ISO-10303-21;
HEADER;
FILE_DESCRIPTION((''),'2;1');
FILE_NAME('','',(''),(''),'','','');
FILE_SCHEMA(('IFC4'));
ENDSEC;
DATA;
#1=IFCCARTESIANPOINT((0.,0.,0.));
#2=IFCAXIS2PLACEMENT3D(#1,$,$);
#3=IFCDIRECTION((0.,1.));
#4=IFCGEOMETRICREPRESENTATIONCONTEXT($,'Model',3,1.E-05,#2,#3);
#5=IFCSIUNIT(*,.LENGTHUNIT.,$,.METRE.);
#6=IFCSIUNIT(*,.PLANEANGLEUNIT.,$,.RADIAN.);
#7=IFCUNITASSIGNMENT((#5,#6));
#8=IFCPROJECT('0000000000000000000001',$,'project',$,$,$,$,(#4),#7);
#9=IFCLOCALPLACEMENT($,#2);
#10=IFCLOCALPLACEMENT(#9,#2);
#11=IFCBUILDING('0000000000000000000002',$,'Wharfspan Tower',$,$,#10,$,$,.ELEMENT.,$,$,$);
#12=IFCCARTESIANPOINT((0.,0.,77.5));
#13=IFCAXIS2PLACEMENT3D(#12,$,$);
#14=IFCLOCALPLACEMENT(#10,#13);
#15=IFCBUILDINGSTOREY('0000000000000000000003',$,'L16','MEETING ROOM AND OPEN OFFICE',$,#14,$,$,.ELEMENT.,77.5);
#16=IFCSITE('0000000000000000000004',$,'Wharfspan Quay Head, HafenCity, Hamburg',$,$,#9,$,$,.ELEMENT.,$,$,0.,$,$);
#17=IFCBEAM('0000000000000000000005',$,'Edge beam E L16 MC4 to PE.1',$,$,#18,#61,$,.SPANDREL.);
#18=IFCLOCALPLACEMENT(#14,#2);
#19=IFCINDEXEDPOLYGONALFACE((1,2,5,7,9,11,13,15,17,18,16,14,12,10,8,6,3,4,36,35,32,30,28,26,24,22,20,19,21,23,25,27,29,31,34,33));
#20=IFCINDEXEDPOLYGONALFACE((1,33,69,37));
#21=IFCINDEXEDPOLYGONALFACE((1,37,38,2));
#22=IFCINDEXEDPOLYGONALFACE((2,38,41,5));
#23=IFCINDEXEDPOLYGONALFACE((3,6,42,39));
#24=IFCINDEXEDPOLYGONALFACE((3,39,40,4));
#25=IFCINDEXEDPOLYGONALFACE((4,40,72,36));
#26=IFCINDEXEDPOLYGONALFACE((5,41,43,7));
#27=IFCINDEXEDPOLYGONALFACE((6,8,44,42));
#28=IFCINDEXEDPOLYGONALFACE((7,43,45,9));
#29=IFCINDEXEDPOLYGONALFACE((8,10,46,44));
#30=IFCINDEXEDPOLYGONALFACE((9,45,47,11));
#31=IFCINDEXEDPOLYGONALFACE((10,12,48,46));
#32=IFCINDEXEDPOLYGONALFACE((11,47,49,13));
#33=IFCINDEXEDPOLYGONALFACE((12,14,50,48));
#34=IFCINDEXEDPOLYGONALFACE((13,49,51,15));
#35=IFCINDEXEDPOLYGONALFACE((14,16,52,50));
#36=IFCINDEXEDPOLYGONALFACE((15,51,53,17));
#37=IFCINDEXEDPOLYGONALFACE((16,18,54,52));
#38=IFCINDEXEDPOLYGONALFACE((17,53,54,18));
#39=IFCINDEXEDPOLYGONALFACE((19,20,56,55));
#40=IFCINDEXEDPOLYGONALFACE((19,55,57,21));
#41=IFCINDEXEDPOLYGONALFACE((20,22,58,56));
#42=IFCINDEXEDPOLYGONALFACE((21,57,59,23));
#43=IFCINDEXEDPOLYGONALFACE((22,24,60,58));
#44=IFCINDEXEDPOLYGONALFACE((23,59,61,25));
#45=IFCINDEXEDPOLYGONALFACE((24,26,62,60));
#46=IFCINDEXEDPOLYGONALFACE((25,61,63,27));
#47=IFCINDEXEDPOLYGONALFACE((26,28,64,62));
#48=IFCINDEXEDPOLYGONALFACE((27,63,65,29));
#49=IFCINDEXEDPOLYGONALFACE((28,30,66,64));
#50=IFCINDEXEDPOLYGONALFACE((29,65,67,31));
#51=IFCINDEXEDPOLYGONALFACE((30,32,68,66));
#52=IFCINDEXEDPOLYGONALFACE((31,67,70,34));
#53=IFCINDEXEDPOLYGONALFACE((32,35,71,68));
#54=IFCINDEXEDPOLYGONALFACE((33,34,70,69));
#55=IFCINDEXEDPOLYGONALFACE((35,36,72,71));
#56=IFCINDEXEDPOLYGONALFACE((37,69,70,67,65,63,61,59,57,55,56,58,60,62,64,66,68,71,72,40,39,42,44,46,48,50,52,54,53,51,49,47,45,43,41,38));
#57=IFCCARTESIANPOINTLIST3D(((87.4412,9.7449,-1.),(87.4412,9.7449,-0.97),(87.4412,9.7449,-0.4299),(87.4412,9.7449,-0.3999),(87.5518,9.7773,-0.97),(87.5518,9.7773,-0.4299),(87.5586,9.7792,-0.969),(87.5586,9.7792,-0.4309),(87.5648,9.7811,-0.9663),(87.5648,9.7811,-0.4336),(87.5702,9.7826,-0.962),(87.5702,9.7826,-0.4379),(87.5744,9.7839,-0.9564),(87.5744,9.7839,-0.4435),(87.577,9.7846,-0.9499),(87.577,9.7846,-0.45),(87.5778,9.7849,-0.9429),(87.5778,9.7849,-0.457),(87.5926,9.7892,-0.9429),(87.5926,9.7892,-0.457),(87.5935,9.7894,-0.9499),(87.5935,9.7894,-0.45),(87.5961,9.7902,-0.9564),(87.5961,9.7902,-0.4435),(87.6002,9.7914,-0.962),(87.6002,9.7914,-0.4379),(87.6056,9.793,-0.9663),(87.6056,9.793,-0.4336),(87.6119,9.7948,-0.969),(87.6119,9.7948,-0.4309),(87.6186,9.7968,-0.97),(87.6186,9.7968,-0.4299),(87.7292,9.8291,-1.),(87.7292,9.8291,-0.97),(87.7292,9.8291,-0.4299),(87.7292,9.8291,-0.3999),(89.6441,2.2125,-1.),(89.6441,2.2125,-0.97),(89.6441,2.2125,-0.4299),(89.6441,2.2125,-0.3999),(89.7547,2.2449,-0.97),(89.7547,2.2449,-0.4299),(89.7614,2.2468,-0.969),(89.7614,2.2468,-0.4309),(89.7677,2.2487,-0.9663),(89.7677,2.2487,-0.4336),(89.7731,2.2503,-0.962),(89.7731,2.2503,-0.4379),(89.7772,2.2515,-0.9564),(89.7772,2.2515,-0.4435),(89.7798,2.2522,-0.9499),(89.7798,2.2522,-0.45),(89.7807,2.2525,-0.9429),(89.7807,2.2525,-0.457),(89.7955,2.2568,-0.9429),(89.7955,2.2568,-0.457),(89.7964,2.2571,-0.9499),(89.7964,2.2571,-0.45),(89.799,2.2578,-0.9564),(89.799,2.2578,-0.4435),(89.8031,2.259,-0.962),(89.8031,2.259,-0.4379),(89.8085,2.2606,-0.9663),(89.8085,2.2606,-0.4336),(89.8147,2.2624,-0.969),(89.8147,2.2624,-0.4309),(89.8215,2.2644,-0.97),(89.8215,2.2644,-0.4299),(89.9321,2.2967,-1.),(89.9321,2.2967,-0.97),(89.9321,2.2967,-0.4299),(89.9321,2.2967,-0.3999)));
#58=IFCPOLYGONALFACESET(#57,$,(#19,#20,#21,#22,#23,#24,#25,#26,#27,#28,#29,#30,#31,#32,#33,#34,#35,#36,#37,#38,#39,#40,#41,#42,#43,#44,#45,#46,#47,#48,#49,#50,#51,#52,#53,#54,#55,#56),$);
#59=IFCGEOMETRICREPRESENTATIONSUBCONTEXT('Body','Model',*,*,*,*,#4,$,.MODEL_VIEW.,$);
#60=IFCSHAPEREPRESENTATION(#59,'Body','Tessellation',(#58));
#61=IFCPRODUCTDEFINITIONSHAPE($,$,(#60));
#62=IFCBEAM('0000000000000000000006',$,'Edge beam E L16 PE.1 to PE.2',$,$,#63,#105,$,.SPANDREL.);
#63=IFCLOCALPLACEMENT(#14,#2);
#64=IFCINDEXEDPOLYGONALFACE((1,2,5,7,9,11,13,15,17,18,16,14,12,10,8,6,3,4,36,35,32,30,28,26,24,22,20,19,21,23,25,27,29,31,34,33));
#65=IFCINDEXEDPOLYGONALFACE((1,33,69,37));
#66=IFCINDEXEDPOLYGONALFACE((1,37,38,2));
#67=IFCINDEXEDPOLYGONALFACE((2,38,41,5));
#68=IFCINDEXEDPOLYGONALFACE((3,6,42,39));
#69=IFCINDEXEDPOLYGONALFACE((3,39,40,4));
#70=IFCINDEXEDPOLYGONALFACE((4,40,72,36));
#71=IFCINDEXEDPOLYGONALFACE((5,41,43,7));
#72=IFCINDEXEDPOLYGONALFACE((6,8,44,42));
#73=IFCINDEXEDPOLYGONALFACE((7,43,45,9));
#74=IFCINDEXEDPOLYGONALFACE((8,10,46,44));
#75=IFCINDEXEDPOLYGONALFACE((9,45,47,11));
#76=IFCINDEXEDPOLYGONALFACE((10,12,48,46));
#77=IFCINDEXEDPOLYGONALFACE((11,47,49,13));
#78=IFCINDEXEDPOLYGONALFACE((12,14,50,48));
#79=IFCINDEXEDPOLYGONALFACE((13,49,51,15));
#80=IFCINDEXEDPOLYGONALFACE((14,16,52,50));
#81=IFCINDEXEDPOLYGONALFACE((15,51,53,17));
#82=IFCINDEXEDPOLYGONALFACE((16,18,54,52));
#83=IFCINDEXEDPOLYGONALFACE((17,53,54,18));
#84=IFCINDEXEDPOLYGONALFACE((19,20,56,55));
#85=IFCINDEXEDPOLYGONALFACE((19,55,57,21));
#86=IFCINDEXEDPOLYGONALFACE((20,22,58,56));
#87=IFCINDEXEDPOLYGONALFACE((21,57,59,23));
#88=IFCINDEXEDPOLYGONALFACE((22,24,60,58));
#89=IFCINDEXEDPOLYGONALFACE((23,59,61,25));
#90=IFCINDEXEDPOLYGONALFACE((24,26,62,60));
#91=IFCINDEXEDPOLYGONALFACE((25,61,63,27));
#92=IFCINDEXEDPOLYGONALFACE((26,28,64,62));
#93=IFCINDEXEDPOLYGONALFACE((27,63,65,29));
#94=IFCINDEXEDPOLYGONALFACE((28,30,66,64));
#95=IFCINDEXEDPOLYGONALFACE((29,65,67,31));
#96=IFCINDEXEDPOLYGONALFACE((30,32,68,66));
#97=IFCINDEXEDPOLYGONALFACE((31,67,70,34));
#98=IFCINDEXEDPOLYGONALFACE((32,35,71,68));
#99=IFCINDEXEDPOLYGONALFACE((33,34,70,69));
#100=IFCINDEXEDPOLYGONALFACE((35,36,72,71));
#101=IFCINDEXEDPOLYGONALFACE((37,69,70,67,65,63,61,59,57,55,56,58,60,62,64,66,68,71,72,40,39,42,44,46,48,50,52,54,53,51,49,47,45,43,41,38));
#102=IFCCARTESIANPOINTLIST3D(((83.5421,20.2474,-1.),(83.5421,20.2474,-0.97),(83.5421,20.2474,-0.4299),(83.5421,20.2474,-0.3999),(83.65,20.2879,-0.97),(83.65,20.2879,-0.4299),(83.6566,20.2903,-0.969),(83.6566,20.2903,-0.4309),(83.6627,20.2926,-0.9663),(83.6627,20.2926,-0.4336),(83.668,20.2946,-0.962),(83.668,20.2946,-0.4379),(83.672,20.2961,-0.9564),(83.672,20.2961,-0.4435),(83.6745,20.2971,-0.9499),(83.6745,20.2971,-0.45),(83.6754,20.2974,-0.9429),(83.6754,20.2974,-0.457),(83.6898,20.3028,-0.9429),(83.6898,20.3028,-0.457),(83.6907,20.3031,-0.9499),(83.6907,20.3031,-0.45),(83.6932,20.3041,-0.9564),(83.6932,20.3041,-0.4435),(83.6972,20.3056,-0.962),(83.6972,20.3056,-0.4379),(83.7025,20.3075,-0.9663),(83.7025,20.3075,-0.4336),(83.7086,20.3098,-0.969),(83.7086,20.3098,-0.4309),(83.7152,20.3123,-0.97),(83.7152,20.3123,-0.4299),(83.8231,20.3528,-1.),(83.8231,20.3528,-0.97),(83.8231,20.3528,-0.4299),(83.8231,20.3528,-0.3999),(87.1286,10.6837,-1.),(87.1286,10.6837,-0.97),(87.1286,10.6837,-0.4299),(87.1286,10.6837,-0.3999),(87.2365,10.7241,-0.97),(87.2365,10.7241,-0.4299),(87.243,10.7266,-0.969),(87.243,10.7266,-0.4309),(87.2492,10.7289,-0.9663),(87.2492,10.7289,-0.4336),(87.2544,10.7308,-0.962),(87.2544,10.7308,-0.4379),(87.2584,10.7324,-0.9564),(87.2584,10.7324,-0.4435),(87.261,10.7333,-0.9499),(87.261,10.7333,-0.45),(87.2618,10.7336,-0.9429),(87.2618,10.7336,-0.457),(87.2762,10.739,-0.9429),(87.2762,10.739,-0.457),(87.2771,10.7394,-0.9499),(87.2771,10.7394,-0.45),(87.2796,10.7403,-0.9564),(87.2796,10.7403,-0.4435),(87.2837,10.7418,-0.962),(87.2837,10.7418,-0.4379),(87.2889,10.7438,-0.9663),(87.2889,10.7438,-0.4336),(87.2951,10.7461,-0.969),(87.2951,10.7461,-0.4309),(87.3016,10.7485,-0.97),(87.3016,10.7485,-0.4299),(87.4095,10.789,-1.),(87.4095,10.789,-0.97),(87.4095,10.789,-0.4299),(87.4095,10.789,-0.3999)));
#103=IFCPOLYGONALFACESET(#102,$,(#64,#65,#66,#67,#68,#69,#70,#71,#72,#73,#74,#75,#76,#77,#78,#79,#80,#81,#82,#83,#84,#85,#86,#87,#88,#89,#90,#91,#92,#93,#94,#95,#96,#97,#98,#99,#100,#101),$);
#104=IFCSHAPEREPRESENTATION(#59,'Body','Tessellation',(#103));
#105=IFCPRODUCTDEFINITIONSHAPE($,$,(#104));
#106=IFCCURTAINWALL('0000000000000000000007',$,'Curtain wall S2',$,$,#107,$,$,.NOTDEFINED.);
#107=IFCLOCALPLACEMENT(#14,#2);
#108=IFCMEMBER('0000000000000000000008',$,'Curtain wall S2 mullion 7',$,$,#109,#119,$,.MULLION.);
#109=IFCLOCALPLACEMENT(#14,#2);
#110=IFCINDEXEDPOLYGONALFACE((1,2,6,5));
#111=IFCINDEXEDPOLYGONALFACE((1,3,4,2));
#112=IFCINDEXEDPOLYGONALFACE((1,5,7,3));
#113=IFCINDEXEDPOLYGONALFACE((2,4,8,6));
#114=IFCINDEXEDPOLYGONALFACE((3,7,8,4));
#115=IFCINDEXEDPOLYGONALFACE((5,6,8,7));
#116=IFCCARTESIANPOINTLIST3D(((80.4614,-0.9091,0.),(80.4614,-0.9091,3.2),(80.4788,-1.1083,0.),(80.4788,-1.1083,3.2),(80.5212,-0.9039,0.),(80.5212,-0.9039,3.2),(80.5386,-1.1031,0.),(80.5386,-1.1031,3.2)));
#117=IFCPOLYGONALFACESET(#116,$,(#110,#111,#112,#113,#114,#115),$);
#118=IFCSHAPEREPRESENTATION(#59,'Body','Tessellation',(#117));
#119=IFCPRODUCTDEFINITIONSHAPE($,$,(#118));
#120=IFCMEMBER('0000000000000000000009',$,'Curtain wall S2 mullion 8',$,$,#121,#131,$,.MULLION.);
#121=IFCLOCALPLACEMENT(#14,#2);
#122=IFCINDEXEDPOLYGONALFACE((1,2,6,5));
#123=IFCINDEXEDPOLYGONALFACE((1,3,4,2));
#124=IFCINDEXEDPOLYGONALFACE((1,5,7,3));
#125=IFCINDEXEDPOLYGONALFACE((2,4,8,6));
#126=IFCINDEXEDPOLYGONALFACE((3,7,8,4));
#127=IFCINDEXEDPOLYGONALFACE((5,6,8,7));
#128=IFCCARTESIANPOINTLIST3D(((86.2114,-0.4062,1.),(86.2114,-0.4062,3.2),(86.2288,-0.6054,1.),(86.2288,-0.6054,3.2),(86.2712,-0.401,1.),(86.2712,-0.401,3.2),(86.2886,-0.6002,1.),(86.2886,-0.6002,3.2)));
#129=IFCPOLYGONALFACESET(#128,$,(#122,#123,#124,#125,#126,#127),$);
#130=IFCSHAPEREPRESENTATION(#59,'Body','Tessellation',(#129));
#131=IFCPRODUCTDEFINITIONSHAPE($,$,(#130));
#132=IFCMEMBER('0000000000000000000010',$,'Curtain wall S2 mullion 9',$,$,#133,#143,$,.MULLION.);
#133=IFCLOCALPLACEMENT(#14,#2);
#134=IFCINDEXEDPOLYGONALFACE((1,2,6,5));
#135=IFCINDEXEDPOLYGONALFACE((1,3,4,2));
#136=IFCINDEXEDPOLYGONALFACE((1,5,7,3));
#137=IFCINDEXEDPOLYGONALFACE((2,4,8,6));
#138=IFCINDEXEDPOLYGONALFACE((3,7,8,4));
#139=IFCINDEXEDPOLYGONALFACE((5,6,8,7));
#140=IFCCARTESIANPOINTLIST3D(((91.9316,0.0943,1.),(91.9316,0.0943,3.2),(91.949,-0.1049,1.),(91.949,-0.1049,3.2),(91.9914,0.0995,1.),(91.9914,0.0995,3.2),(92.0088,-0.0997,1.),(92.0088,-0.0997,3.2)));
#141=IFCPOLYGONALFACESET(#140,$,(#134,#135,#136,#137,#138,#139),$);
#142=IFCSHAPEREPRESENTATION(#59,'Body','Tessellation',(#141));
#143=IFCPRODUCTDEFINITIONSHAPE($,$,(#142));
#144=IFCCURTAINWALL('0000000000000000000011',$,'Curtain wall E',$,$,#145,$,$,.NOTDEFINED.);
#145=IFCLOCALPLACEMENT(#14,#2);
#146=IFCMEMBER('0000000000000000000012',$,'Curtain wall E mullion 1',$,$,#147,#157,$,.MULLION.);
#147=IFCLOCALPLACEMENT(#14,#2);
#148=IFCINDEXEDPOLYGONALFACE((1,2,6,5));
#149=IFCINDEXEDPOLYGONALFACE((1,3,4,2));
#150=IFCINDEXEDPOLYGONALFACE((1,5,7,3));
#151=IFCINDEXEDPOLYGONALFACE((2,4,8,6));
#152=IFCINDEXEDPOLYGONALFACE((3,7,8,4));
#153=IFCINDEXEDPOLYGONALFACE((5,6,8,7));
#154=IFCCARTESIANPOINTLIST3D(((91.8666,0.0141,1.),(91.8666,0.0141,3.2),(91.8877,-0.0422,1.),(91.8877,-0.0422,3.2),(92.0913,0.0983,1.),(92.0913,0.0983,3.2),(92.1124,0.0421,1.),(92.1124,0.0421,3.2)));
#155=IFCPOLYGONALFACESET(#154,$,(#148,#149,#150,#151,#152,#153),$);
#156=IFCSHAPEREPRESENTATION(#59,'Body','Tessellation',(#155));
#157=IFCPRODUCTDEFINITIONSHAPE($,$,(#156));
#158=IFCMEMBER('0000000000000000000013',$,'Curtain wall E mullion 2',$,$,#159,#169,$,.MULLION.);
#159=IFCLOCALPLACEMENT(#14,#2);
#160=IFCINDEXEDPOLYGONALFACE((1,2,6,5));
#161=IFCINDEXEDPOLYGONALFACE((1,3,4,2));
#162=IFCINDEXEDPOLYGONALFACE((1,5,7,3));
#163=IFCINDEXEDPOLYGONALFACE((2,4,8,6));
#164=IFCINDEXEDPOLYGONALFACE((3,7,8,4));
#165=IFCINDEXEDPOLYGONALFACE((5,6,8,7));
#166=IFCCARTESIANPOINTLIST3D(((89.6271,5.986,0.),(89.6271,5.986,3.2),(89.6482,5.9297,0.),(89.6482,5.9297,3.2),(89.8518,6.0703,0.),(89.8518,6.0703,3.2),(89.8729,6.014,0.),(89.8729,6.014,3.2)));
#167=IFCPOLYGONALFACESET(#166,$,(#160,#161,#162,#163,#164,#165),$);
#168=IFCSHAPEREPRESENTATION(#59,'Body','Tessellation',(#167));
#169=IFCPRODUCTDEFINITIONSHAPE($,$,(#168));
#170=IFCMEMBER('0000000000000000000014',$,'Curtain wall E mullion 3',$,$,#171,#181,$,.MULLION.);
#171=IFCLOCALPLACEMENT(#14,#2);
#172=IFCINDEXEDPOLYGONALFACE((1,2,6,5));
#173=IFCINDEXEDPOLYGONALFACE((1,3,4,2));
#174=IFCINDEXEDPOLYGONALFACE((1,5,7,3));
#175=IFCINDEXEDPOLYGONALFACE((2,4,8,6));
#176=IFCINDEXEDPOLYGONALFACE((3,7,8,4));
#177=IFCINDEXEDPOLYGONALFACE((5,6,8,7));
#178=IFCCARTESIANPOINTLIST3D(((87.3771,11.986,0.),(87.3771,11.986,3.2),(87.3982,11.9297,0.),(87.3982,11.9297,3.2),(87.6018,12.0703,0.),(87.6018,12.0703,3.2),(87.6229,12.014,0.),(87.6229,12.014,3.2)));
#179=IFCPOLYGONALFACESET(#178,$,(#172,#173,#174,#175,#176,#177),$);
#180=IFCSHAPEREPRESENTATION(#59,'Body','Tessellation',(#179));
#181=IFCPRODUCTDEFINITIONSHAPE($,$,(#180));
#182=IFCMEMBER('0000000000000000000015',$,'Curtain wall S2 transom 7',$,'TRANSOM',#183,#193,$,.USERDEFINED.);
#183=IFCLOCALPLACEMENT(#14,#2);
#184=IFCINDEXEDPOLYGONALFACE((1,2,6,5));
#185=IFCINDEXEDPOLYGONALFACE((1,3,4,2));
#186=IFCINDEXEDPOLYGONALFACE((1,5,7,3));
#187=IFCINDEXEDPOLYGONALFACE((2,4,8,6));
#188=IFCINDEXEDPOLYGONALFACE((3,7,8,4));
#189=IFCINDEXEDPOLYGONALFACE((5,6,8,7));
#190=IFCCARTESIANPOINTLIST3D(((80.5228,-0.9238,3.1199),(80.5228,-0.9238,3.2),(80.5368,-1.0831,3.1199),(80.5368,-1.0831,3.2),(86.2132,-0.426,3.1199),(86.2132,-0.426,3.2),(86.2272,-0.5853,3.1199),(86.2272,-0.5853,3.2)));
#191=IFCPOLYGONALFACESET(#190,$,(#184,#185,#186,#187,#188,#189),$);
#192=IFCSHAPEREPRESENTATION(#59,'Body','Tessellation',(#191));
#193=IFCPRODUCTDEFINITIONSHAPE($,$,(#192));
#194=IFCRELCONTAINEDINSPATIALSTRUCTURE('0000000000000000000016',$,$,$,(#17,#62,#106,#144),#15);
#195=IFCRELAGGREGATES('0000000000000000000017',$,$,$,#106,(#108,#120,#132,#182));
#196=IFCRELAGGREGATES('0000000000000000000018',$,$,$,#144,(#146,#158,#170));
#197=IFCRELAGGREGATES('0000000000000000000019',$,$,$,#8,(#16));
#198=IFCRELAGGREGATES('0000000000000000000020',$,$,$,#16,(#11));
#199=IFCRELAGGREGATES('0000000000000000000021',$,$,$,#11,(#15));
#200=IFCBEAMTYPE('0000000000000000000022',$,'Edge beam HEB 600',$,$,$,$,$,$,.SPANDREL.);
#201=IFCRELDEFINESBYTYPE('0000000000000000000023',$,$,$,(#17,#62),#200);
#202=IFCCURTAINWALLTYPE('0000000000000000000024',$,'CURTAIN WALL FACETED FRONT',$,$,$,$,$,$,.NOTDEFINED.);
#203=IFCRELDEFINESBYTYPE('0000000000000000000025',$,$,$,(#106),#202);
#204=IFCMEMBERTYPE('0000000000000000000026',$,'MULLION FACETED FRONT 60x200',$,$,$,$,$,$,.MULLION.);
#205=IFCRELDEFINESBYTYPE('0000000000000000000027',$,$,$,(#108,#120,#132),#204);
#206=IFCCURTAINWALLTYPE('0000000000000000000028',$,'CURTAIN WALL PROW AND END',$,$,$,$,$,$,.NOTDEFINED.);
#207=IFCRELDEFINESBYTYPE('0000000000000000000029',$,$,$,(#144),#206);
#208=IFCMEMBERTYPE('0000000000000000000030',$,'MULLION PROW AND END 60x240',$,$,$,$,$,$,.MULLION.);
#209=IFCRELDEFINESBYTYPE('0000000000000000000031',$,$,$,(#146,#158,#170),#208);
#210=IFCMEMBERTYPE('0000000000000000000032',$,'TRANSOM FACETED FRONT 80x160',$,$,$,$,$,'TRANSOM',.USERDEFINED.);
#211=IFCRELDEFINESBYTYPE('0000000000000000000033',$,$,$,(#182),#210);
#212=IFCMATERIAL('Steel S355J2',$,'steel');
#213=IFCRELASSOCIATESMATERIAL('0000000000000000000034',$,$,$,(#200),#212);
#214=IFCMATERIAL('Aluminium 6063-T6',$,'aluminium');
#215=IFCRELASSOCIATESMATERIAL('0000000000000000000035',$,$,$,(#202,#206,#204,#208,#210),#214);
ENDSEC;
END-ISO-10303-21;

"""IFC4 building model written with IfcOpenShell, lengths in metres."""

from ifc_helpers import new_model, si_unit, direction, frame, origin, origin_2d, place, context, subcontext, project, spatial, rectangle, i_section, extrude, material, material_profile, profile_set, type_object, element, aggregate, save


model = new_model("IFC4")

# Units and contexts
model_context = context("Model", 3, precision=1e-05, world=origin(), true_north=direction((0.0, 1.0)))
body_context = subcontext(model_context, "Body", "Model", "MODEL_VIEW")
ifc_project = project(units=[si_unit("LENGTHUNIT", "METRE"), si_unit("PLANEANGLEUNIT", "RADIAN")], contexts=[model_context])

# Site, building, storey
site_placement = place(None, origin())
site = spatial("IfcSite", under=ifc_project, at=site_placement, Name="Wharfspan Quay Head, HafenCity, Hamburg", CompositionType="ELEMENT", RefElevation=0.0)
building_placement = place(site_placement, origin())
building = spatial("IfcBuilding", under=site, at=building_placement, Name="Wharfspan Tower", CompositionType="ELEMENT")
storey_placement = place(building_placement, frame((0.0, 0.0, 77.5)))
storey = spatial("IfcBuildingStorey", under=building, at=storey_placement, Name="L16", Description="MEETING ROOM AND OPEN OFFICE", CompositionType="ELEMENT", Elevation=77.5)

# Shared definitions
ifc_material_1 = material(Name="Steel S355J2", Category="steel")

# Beams
ifc_material_profile_1 = material_profile(ifc_material_1, i_section(OverallWidth=0.3, OverallDepth=0.6001, WebThickness=0.0154, FlangeThickness=0.03, FilletRadius=0.0271, at=origin_2d()))
ifc_profile_set_1 = profile_set([ifc_material_profile_1], Name="Steel S355J2")
beam_type = type_object("IfcBeamType", Name="Edge beam HEB 600", PredefinedType="SPANDREL", material=ifc_profile_set_1)
beam_1_placement = place(storey_placement, frame((89.7881, 2.2546, -0.7), z_axis=(-0.280694, 0.959797, 0.0), x_axis=(-0.959797, -0.280694, 0.0)))
element("IfcBeam", 1, at=beam_1_placement, inside=storey, type_object=beam_type, Name="Edge beam E L16 MC4 to PE.1", PredefinedType="SPANDREL", context=body_context, shape_type="SweptSolid", body=[
    extrude(i_section(OverallWidth=0.3, OverallDepth=0.6001, WebThickness=0.0154, FlangeThickness=0.03, FilletRadius=0.0271, at=origin_2d()), origin(), (0.0, 0.0, 1.0), 7.8479),
])
beam_2_placement = place(storey_placement, frame((87.269, 10.7363, -0.7), z_axis=(-0.351126, 0.936328, 0.0), x_axis=(-0.936328, -0.351126, 0.0)))
element("IfcBeam", 2, at=beam_2_placement, inside=storey, type_object=beam_type, Name="Edge beam E L16 PE.1 to PE.2", PredefinedType="SPANDREL", context=body_context, shape_type="SweptSolid", body=[
    extrude(i_section(OverallWidth=0.3, OverallDepth=0.6001, WebThickness=0.0154, FlangeThickness=0.03, FilletRadius=0.0271, at=origin_2d()), origin(), (0.0, 0.0, 1.0), 10.2141),
])

# Curtain walls, members
ifc_material_2 = material(Name="Aluminium 6063-T6", Category="aluminium")
curtain_wall_type_1 = type_object("IfcCurtainWallType", Name="CURTAIN WALL FACETED FRONT", PredefinedType="NOTDEFINED", material=ifc_material_2)
curtain_wall_1_placement = place(storey_placement, origin())
curtain_wall_1 = element("IfcCurtainWall", 3, at=curtain_wall_1_placement, inside=storey, type_object=curtain_wall_type_1, Name="Curtain wall S2", PredefinedType="NOTDEFINED")
ifc_material_profile_2 = material_profile(ifc_material_2, rectangle(XDim=0.2, YDim=0.0601, at=origin_2d()))
ifc_profile_set_2 = profile_set([ifc_material_profile_2], Name="Aluminium 6063-T6")
member_type_1 = type_object("IfcMemberType", Name="MULLION FACETED FRONT 60x200", PredefinedType="MULLION", material=ifc_profile_set_2)
member_1_placement = place(storey_placement, frame((80.5, -1.0061, 0.0), z_axis=(0.0, 0.0, 1.0), x_axis=(-0.087156, 0.996197, 0.0)))
member_1 = element("IfcMember", 4, at=member_1_placement, type_object=member_type_1, Name="Curtain wall S2 mullion 7", PredefinedType="MULLION", context=body_context, shape_type="SweptSolid", body=[
    extrude(rectangle(XDim=0.2, YDim=0.0601, at=origin_2d()), origin(), (0.0, 0.0, 1.0), 3.2),
])
member_2_placement = place(storey_placement, frame((86.25, -0.5032, 1.0), z_axis=(0.0, 0.0, 1.0), x_axis=(-0.087156, 0.996197, 0.0)))
member_2 = element("IfcMember", 5, at=member_2_placement, type_object=member_type_1, Name="Curtain wall S2 mullion 8", PredefinedType="MULLION", context=body_context, shape_type="SweptSolid", body=[
    extrude(rectangle(XDim=0.2, YDim=0.0601, at=origin_2d()), origin(), (0.0, 0.0, 1.0), 2.2),
])
member_3_placement = place(storey_placement, frame((91.9702, -0.0027, 1.0), z_axis=(0.0, 0.0, 1.0), x_axis=(-0.087156, 0.996197, 0.0)))
member_3 = element("IfcMember", 6, at=member_3_placement, type_object=member_type_1, Name="Curtain wall S2 mullion 9", PredefinedType="MULLION", context=body_context, shape_type="SweptSolid", body=[
    extrude(rectangle(XDim=0.2, YDim=0.0601, at=origin_2d()), origin(), (0.0, 0.0, 1.0), 2.2),
])
curtain_wall_type_2 = type_object("IfcCurtainWallType", Name="CURTAIN WALL PROW AND END", PredefinedType="NOTDEFINED", material=ifc_material_2)
curtain_wall_2_placement = place(storey_placement, origin())
curtain_wall_2 = element("IfcCurtainWall", 7, at=curtain_wall_2_placement, inside=storey, type_object=curtain_wall_type_2, Name="Curtain wall E", PredefinedType="NOTDEFINED")
ifc_material_profile_3 = material_profile(ifc_material_2, rectangle(XDim=0.24, YDim=0.0601, at=origin_2d()))
ifc_profile_set_3 = profile_set([ifc_material_profile_3], Name="Aluminium 6063-T6")
member_type_2 = type_object("IfcMemberType", Name="MULLION PROW AND END 60x240", PredefinedType="MULLION", material=ifc_profile_set_3)
member_4_placement = place(storey_placement, frame((91.9895, 0.0281, 1.0), z_axis=(0.0, 0.0, 1.0), x_axis=(-0.936328, -0.351123, 0.0)))
member_4 = element("IfcMember", 8, at=member_4_placement, type_object=member_type_2, Name="Curtain wall E mullion 1", PredefinedType="MULLION", context=body_context, shape_type="SweptSolid", body=[
    extrude(rectangle(XDim=0.24, YDim=0.0601, at=origin_2d()), origin(), (0.0, 0.0, 1.0), 2.2),
])
member_5_placement = place(storey_placement, frame((89.75, 6.0, 0.0), z_axis=(0.0, 0.0, 1.0), x_axis=(-0.936328, -0.351123, 0.0)))
member_5 = element("IfcMember", 9, at=member_5_placement, type_object=member_type_2, Name="Curtain wall E mullion 2", PredefinedType="MULLION", context=body_context, shape_type="SweptSolid", body=[
    extrude(rectangle(XDim=0.24, YDim=0.0601, at=origin_2d()), origin(), (0.0, 0.0, 1.0), 3.2),
])
member_6_placement = place(storey_placement, frame((87.5, 12.0, 0.0), z_axis=(0.0, 0.0, 1.0), x_axis=(-0.936328, -0.351123, 0.0)))
member_6 = element("IfcMember", 10, at=member_6_placement, type_object=member_type_2, Name="Curtain wall E mullion 3", PredefinedType="MULLION", context=body_context, shape_type="SweptSolid", body=[
    extrude(rectangle(XDim=0.24, YDim=0.0601, at=origin_2d()), origin(), (0.0, 0.0, 1.0), 3.2),
])

# Member
ifc_material_profile_4 = material_profile(ifc_material_2, rectangle(XDim=0.1599, YDim=0.0801, at=origin_2d()))
ifc_profile_set_4 = profile_set([ifc_material_profile_4], Name="Aluminium 6063-T6")
member_type_3 = type_object("IfcMemberType", Name="TRANSOM FACETED FRONT 80x160", ElementType="TRANSOM", PredefinedType="USERDEFINED", material=ifc_profile_set_4)
member_7_placement = place(storey_placement, frame((80.5298, -1.0034, 3.1599), z_axis=(0.996195, 0.087148, 0.0), x_axis=(-0.087148, 0.996195, 0.0)))
member_7 = element("IfcMember", 11, at=member_7_placement, type_object=member_type_3, Name="Curtain wall S2 transom 7", ObjectType="TRANSOM", PredefinedType="USERDEFINED", context=body_context, shape_type="SweptSolid", body=[
    extrude(rectangle(XDim=0.1599, YDim=0.0801, at=origin_2d()), origin(), (0.0, 0.0, 1.0), 5.7122),
])

aggregate(curtain_wall_1, [member_1, member_2, member_3, member_7])
aggregate(curtain_wall_2, [member_4, member_5, member_6])

save(model, "model.ifc")
